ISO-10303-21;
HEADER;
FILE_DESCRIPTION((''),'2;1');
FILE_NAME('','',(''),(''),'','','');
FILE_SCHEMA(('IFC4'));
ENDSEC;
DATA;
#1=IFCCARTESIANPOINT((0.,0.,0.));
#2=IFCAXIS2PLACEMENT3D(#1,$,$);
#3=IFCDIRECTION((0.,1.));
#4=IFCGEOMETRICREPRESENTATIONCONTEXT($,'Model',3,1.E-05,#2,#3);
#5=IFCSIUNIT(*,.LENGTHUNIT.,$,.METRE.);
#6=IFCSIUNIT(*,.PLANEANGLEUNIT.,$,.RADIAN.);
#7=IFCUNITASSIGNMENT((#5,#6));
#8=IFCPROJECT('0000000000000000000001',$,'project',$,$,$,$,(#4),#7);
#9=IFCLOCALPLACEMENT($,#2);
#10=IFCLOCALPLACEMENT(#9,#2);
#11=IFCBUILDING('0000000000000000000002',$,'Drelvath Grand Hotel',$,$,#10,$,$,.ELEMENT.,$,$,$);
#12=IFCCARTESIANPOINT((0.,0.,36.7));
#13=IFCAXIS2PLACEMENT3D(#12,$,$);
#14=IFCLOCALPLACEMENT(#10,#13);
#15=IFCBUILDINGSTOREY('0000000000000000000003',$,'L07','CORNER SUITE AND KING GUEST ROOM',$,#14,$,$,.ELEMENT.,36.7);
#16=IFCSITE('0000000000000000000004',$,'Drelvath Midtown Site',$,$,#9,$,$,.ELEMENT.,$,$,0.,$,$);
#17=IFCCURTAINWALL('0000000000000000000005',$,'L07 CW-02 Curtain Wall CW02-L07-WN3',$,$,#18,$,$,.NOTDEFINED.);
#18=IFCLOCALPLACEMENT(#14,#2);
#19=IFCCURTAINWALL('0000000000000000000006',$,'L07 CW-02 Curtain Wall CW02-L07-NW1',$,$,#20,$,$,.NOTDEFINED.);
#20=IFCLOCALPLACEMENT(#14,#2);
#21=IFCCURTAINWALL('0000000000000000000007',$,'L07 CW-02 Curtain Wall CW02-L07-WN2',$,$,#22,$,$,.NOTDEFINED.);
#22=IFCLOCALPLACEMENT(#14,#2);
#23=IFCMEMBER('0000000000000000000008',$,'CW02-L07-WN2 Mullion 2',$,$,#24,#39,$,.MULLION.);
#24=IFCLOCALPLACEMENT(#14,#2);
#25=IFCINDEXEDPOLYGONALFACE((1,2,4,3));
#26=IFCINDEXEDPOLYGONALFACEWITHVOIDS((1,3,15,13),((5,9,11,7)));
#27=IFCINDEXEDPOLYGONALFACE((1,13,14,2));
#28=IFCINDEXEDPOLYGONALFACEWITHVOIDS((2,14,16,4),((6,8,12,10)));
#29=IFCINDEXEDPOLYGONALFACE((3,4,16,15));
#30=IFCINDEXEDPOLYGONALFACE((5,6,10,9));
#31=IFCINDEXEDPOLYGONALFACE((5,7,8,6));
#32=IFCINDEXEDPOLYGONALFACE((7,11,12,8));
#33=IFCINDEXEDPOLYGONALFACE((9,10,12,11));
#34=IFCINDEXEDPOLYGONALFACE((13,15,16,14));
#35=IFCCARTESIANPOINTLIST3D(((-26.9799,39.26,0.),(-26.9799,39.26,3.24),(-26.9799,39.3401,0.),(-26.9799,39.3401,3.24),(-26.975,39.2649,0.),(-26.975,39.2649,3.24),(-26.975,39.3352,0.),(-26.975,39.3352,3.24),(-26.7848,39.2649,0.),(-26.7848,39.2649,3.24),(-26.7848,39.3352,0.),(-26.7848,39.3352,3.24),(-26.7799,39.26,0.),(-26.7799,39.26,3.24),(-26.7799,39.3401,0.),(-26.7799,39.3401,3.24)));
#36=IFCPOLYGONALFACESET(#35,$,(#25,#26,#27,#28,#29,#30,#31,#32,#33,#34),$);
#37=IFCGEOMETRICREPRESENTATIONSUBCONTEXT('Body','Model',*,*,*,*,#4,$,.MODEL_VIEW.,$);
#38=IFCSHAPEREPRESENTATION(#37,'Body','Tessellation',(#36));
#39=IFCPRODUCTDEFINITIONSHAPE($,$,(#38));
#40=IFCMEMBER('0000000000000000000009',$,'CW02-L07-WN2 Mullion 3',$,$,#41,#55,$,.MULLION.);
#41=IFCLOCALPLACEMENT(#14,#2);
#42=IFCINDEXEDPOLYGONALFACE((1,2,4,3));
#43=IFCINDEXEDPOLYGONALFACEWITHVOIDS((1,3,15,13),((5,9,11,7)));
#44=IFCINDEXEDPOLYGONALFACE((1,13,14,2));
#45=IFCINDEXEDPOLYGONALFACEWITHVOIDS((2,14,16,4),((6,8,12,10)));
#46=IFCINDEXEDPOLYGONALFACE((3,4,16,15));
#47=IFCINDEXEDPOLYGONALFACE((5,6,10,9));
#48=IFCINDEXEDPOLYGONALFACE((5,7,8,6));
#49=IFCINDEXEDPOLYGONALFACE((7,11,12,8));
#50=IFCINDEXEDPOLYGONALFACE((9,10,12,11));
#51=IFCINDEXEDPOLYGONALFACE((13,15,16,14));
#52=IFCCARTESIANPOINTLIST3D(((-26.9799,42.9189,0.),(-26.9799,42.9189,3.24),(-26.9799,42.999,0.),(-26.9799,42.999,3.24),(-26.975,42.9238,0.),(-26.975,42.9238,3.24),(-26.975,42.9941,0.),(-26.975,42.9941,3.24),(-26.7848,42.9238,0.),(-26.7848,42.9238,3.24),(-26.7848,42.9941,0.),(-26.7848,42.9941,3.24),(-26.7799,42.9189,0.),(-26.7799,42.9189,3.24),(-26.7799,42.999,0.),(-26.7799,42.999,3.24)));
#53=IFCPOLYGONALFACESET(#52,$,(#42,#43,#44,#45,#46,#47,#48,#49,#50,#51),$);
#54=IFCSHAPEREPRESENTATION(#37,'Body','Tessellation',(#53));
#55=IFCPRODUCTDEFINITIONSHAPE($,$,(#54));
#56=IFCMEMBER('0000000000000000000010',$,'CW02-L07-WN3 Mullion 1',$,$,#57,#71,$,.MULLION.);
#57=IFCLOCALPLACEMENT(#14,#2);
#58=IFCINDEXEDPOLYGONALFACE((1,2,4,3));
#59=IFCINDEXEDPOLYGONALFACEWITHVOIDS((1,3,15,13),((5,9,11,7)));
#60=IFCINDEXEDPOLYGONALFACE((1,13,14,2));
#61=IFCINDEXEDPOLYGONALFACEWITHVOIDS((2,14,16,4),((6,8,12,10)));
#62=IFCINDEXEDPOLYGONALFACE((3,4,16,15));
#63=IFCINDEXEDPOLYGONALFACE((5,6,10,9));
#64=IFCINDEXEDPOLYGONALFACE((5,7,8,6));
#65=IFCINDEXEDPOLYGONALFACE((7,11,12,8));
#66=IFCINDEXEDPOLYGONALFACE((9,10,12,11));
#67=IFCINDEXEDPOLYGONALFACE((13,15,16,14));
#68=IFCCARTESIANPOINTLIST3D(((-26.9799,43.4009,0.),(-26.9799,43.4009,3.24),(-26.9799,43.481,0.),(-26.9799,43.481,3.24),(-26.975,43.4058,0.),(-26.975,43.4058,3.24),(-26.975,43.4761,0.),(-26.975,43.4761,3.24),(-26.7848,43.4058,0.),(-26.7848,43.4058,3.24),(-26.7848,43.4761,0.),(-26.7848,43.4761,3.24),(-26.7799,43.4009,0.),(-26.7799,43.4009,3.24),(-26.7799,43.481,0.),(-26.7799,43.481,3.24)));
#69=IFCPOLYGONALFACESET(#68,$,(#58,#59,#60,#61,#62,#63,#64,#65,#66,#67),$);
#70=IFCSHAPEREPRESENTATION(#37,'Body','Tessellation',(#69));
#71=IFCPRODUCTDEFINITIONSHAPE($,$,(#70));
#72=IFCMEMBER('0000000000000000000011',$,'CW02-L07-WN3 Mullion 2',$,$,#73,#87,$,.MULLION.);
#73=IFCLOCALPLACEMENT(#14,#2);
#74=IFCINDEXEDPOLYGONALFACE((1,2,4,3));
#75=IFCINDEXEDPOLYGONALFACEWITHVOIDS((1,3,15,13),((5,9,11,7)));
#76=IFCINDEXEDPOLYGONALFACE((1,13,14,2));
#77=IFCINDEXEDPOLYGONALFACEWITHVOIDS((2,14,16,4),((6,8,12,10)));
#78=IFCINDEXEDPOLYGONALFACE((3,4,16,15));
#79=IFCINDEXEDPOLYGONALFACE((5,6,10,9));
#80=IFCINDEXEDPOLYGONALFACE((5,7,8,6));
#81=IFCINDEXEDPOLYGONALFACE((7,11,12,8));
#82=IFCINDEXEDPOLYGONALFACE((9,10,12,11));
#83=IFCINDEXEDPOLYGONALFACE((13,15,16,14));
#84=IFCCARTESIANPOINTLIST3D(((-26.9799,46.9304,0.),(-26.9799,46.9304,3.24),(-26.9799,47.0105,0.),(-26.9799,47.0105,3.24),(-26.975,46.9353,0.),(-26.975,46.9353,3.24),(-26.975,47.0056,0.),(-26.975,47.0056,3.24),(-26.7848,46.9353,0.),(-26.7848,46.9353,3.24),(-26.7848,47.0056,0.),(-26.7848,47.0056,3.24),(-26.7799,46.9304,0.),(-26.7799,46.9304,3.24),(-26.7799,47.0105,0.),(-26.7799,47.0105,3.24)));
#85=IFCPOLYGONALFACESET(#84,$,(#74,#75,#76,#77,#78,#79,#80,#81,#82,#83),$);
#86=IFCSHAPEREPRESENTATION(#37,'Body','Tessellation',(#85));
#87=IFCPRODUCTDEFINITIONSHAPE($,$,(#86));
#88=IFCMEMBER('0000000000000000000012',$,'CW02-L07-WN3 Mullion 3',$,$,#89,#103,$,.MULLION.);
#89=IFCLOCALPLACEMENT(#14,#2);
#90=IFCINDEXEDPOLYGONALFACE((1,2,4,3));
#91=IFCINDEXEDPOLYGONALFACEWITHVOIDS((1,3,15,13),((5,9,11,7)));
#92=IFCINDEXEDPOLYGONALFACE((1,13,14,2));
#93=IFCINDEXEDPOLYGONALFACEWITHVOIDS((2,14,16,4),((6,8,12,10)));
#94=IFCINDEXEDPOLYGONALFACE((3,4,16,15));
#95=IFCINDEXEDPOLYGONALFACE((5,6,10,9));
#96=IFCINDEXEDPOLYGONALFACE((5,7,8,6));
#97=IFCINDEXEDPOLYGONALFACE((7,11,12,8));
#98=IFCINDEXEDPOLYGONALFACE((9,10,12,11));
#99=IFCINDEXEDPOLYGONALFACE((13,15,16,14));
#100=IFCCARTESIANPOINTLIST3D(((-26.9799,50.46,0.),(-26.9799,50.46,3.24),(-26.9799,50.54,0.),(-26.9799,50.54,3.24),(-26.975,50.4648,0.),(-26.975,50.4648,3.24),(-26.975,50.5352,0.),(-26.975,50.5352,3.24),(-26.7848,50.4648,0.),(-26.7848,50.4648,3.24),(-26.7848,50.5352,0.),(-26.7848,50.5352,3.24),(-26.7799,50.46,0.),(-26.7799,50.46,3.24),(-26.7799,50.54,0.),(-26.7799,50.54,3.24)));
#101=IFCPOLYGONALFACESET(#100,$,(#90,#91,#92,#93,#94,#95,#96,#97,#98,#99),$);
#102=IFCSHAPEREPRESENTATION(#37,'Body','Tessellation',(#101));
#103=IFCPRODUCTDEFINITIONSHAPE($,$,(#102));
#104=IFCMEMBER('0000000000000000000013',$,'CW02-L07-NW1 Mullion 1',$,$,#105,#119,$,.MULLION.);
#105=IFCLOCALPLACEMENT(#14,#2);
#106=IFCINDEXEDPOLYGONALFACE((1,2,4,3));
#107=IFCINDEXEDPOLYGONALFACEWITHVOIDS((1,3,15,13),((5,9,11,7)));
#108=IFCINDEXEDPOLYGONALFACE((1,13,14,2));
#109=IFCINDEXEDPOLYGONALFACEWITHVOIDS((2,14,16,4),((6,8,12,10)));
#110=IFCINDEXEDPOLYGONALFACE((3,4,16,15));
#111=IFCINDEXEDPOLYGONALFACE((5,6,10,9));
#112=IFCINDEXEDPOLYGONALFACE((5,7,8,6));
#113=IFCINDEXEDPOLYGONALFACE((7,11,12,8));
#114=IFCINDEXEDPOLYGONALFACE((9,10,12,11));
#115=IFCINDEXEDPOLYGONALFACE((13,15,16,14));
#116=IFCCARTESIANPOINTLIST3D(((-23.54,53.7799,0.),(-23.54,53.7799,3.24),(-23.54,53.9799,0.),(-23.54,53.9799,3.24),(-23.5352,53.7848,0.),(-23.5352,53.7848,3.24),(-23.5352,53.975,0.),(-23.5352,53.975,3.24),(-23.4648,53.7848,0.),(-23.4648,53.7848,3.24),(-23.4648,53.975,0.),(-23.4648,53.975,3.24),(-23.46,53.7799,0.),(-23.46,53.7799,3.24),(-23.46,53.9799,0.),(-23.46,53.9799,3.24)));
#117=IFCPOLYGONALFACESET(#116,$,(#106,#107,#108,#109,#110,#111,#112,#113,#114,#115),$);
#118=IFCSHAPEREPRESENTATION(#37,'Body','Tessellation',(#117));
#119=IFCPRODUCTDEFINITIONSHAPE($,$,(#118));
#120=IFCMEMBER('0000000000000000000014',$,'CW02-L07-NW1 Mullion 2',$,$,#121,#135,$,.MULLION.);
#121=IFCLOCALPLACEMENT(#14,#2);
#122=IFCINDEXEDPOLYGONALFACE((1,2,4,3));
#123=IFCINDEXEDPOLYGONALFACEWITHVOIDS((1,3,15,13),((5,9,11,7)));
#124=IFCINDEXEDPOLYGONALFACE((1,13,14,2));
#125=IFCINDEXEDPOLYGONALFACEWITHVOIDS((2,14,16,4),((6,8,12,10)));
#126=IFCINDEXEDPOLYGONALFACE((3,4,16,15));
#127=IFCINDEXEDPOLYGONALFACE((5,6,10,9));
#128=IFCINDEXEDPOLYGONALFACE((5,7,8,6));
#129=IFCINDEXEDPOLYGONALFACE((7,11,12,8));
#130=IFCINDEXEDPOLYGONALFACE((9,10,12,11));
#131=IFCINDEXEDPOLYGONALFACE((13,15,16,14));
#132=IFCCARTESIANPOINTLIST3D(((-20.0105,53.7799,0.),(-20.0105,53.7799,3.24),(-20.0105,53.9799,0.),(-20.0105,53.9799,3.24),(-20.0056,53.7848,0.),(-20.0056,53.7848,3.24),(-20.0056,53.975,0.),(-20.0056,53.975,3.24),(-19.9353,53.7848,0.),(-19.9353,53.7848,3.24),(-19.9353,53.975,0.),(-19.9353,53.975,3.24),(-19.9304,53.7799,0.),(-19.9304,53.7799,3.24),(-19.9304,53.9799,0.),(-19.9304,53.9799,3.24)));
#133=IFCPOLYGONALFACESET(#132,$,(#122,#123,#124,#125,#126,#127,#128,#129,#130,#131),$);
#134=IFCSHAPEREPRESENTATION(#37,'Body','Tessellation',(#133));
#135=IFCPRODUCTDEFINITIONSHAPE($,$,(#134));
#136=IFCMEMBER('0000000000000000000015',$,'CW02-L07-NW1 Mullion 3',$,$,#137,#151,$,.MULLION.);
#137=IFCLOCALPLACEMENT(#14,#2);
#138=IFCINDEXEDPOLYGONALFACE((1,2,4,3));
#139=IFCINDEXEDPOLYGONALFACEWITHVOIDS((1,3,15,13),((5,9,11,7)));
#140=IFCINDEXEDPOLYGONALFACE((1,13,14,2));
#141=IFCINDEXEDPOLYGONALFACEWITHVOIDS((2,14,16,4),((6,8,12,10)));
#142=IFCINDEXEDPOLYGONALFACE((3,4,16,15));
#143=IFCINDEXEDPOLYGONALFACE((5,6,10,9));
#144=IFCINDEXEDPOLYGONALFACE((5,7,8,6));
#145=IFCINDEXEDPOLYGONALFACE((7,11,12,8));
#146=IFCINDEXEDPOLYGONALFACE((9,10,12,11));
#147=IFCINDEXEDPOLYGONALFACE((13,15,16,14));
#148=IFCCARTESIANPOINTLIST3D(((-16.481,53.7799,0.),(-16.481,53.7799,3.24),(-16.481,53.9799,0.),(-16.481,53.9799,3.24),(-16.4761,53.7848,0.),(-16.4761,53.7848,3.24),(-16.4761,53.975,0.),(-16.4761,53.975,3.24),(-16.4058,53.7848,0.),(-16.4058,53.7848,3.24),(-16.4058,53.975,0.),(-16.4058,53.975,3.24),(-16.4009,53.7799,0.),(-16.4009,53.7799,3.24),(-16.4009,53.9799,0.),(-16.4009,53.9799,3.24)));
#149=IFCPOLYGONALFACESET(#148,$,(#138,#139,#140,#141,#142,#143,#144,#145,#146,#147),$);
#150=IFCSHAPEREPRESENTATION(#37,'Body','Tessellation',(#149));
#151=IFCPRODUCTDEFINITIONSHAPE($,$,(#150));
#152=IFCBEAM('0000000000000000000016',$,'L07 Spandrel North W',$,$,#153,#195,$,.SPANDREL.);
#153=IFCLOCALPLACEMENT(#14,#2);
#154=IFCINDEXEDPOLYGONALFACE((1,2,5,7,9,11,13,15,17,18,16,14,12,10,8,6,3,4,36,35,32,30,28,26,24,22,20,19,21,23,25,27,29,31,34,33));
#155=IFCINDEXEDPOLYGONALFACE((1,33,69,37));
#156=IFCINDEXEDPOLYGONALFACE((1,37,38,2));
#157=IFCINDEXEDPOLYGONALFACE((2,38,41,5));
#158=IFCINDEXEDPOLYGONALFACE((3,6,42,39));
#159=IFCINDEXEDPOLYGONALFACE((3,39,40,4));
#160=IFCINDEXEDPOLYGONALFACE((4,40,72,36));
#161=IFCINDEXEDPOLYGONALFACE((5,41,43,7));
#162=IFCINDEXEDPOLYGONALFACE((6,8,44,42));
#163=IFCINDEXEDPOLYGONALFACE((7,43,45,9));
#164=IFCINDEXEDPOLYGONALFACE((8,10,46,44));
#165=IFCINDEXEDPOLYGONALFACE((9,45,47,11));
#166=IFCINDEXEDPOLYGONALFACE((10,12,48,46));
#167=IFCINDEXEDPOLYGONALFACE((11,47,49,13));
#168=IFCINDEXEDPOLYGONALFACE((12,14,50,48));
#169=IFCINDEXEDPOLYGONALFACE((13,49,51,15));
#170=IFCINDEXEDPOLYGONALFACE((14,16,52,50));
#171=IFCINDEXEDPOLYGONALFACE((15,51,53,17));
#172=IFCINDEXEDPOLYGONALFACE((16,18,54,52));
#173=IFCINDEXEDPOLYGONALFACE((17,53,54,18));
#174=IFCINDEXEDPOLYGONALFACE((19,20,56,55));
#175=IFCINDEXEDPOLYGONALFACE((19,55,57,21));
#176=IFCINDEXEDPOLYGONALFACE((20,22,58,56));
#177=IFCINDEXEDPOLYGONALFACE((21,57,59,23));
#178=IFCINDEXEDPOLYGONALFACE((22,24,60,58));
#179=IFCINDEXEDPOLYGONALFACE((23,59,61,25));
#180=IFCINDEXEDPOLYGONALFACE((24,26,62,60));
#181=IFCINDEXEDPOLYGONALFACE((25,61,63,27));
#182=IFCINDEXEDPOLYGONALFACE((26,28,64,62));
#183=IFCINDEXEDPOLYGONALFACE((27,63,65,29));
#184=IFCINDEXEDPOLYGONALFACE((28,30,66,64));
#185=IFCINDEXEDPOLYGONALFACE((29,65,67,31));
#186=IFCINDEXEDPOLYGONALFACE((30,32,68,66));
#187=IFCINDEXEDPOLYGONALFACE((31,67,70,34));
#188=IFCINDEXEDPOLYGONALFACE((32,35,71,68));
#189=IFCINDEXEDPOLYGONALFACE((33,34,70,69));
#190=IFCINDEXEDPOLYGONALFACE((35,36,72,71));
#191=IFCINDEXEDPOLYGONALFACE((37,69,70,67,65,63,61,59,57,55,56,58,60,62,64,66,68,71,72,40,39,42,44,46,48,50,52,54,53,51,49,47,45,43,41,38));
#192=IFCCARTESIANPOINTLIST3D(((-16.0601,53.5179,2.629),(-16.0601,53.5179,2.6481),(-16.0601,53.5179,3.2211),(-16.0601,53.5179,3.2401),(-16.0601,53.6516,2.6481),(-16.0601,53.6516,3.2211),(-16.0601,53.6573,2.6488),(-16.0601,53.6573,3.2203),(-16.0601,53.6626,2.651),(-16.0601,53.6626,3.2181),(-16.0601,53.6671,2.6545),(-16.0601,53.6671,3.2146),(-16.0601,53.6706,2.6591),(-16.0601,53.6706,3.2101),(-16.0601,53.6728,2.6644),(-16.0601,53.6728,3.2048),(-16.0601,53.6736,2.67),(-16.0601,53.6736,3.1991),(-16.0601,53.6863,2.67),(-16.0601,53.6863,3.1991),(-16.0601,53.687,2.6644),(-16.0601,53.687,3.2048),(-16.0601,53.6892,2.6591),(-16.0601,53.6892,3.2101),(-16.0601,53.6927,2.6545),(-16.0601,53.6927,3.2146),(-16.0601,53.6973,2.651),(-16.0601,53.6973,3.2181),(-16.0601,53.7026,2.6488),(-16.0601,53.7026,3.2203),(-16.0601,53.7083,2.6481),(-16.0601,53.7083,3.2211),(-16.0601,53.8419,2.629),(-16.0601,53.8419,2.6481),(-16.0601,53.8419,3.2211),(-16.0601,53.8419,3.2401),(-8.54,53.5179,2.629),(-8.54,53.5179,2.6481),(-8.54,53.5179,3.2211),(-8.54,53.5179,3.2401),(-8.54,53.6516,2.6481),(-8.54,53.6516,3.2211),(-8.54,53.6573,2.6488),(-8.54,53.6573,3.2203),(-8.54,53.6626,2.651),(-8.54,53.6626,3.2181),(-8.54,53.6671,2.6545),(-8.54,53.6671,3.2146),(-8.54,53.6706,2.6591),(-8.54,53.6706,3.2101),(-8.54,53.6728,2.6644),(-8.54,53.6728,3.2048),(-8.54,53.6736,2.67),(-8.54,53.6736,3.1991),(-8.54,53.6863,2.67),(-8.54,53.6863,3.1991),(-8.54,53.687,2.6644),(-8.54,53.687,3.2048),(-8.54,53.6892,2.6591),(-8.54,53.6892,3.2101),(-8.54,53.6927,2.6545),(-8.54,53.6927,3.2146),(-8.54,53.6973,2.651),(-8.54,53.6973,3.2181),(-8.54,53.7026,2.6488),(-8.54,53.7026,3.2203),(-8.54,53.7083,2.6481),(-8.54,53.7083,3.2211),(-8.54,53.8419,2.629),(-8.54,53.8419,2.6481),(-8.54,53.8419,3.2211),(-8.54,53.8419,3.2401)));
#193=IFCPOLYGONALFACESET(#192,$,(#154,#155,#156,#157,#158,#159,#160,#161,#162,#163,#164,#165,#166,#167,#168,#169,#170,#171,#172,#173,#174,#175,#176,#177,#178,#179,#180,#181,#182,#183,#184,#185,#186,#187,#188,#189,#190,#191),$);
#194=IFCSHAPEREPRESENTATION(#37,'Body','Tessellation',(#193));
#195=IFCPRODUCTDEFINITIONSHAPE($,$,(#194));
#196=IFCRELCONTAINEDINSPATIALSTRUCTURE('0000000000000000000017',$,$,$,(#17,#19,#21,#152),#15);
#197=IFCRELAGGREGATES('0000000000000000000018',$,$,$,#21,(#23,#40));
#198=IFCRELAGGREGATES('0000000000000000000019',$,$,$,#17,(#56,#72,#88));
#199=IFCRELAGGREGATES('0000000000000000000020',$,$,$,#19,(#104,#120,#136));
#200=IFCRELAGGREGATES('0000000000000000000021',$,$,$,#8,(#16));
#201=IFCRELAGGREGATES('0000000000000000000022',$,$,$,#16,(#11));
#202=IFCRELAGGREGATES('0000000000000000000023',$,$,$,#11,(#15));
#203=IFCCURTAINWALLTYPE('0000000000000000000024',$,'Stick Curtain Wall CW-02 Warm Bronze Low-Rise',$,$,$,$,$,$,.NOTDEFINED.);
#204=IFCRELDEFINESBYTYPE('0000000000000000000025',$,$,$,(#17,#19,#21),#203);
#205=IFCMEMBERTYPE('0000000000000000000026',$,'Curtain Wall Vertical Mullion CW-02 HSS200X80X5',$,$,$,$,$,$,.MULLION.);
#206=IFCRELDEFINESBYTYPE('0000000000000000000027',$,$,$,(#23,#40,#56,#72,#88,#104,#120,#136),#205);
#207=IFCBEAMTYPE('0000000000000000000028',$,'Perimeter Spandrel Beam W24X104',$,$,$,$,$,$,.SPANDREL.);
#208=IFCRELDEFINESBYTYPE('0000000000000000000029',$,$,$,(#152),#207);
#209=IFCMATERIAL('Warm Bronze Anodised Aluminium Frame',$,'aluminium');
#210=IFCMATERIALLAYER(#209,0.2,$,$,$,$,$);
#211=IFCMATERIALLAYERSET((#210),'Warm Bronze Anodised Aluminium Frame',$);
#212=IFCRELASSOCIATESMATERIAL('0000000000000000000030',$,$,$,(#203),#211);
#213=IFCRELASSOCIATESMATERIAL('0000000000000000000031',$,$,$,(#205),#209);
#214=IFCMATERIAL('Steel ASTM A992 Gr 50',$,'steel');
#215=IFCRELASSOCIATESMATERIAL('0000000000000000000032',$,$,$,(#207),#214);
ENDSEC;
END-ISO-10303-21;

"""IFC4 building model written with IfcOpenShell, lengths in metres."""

from ifc_helpers import new_model, si_unit, direction, frame, origin, origin_2d, place, context, subcontext, project, spatial, hollow_rectangle, i_section, extrude, material, layer, layer_set, material_profile, profile_set, type_object, element, aggregate, save


model = new_model("IFC4")

# Units and contexts
model_context = context("Model", 3, precision=1e-05, world=origin(), true_north=direction((0.0, 1.0)))
body_context = subcontext(model_context, "Body", "Model", "MODEL_VIEW")
ifc_project = project(units=[si_unit("LENGTHUNIT", "METRE"), si_unit("PLANEANGLEUNIT", "RADIAN")], contexts=[model_context])

# Site, building, storey
site_placement = place(None, origin())
site = spatial("IfcSite", under=ifc_project, at=site_placement, Name="Drelvath Midtown Site", CompositionType="ELEMENT", RefElevation=0.0)
building_placement = place(site_placement, origin())
building = spatial("IfcBuilding", under=site, at=building_placement, Name="Drelvath Grand Hotel", CompositionType="ELEMENT")
storey_placement = place(building_placement, frame((0.0, 0.0, 36.7)))
storey = spatial("IfcBuildingStorey", under=building, at=storey_placement, Name="L07", Description="CORNER SUITE AND KING GUEST ROOM", CompositionType="ELEMENT", Elevation=36.7)

# Shared definitions
ifc_material_1 = material(Name="Steel ASTM A992 Gr 50", Category="steel")

# Curtain walls
ifc_material_2 = material(Name="Warm Bronze Anodised Aluminium Frame", Category="aluminium")
ifc_layer_1 = layer(ifc_material_2, 0.2)
ifc_layer_set_1 = layer_set([ifc_layer_1], Name="Warm Bronze Anodised Aluminium Frame")
curtain_wall_type = type_object("IfcCurtainWallType", Name="Stick Curtain Wall CW-02 Warm Bronze Low-Rise", PredefinedType="NOTDEFINED", material=ifc_layer_set_1)
curtain_wall_1_placement = place(storey_placement, origin())
curtain_wall_1 = element("IfcCurtainWall", 1, at=curtain_wall_1_placement, inside=storey, type_object=curtain_wall_type, Name="L07 CW-02 Curtain Wall CW02-L07-WN3", PredefinedType="NOTDEFINED")
curtain_wall_2_placement = place(storey_placement, origin())
curtain_wall_2 = element("IfcCurtainWall", 2, at=curtain_wall_2_placement, inside=storey, type_object=curtain_wall_type, Name="L07 CW-02 Curtain Wall CW02-L07-NW1", PredefinedType="NOTDEFINED")

# Curtain wall, members
curtain_wall_3_placement = place(storey_placement, origin())
curtain_wall_3 = element("IfcCurtainWall", 3, at=curtain_wall_3_placement, inside=storey, type_object=curtain_wall_type, Name="L07 CW-02 Curtain Wall CW02-L07-WN2", PredefinedType="NOTDEFINED")
ifc_material_profile_1 = material_profile(ifc_material_2, hollow_rectangle(XDim=0.0801, YDim=0.2, WallThickness=0.0049, at=origin_2d()), Name="HSS200X80X5")
ifc_profile_set_1 = profile_set([ifc_material_profile_1], Name="Warm Bronze Anodised Aluminium Frame")
member_type_1 = type_object("IfcMemberType", Name="Curtain Wall Vertical Mullion CW-02 HSS200X80X5", PredefinedType="MULLION", material=ifc_profile_set_1)
member_1_placement = place(storey_placement, frame((-26.8799, 39.3, 0.0), z_axis=(0.0, 0.0, 1.0), x_axis=(0.0, 1.0, 0.0)))
member_1 = element("IfcMember", 4, at=member_1_placement, type_object=member_type_1, Name="CW02-L07-WN2 Mullion 2", PredefinedType="MULLION", context=body_context, shape_type="SweptSolid", body=[
    extrude(hollow_rectangle(XDim=0.0801, YDim=0.2, WallThickness=0.0049, at=origin_2d()), origin(), (0.0, 0.0, 1.0), 3.24),
])
member_2_placement = place(storey_placement, frame((-26.8799, 42.959, 0.0), z_axis=(0.0, 0.0, 1.0), x_axis=(0.0, 1.0, 0.0)))
member_2 = element("IfcMember", 5, at=member_2_placement, type_object=member_type_1, Name="CW02-L07-WN2 Mullion 3", PredefinedType="MULLION", context=body_context, shape_type="SweptSolid", body=[
    extrude(hollow_rectangle(XDim=0.0801, YDim=0.2, WallThickness=0.0049, at=origin_2d()), origin(), (0.0, 0.0, 1.0), 3.24),
])

# Members
member_3_placement = place(storey_placement, frame((-26.8799, 43.4409, 0.0), z_axis=(0.0, 0.0, 1.0), x_axis=(0.0, 1.0, 0.0)))
member_3 = element("IfcMember", 6, at=member_3_placement, type_object=member_type_1, Name="CW02-L07-WN3 Mullion 1", PredefinedType="MULLION", context=body_context, shape_type="SweptSolid", body=[
    extrude(hollow_rectangle(XDim=0.0801, YDim=0.2, WallThickness=0.0049, at=origin_2d()), origin(), (0.0, 0.0, 1.0), 3.24),
])
member_4_placement = place(storey_placement, frame((-26.8799, 46.9705, 0.0), z_axis=(0.0, 0.0, 1.0), x_axis=(0.0, 1.0, 0.0)))
member_4 = element("IfcMember", 7, at=member_4_placement, type_object=member_type_1, Name="CW02-L07-WN3 Mullion 2", PredefinedType="MULLION", context=body_context, shape_type="SweptSolid", body=[
    extrude(hollow_rectangle(XDim=0.0801, YDim=0.2, WallThickness=0.0049, at=origin_2d()), origin(), (0.0, 0.0, 1.0), 3.24),
])
member_5_placement = place(storey_placement, frame((-26.8799, 50.5, 0.0), z_axis=(0.0, 0.0, 1.0), x_axis=(0.0, 1.0, 0.0)))
member_5 = element("IfcMember", 8, at=member_5_placement, type_object=member_type_1, Name="CW02-L07-WN3 Mullion 3", PredefinedType="MULLION", context=body_context, shape_type="SweptSolid", body=[
    extrude(hollow_rectangle(XDim=0.0801, YDim=0.2, WallThickness=0.0049, at=origin_2d()), origin(), (0.0, 0.0, 1.0), 3.24),
])
member_6_placement = place(storey_placement, frame((-23.5, 53.8799, 0.0), z_axis=(0.0, 0.0, 1.0), x_axis=(1.0, 0.0, 0.0)))
member_6 = element("IfcMember", 9, at=member_6_placement, type_object=member_type_1, Name="CW02-L07-NW1 Mullion 1", PredefinedType="MULLION", context=body_context, shape_type="SweptSolid", body=[
    extrude(hollow_rectangle(XDim=0.0801, YDim=0.2, WallThickness=0.0049, at=origin_2d()), origin(), (0.0, 0.0, 1.0), 3.24),
])
member_7_placement = place(storey_placement, frame((-19.9705, 53.8799, 0.0), z_axis=(0.0, 0.0, 1.0), x_axis=(1.0, 0.0, 0.0)))
member_7 = element("IfcMember", 10, at=member_7_placement, type_object=member_type_1, Name="CW02-L07-NW1 Mullion 2", PredefinedType="MULLION", context=body_context, shape_type="SweptSolid", body=[
    extrude(hollow_rectangle(XDim=0.0801, YDim=0.2, WallThickness=0.0049, at=origin_2d()), origin(), (0.0, 0.0, 1.0), 3.24),
])
member_8_placement = place(storey_placement, frame((-16.4409, 53.8799, 0.0), z_axis=(0.0, 0.0, 1.0), x_axis=(1.0, 0.0, 0.0)))
member_8 = element("IfcMember", 11, at=member_8_placement, type_object=member_type_1, Name="CW02-L07-NW1 Mullion 3", PredefinedType="MULLION", context=body_context, shape_type="SweptSolid", body=[
    extrude(hollow_rectangle(XDim=0.0801, YDim=0.2, WallThickness=0.0049, at=origin_2d()), origin(), (0.0, 0.0, 1.0), 3.24),
])

# Beam
ifc_material_profile_2 = material_profile(ifc_material_1, i_section(OverallWidth=0.324, OverallDepth=0.6111, WebThickness=0.0127, FlangeThickness=0.019, FilletRadius=0.022, at=origin_2d()), Name="W24X104")
ifc_profile_set_2 = profile_set([ifc_material_profile_2], Name="Steel ASTM A992 Gr 50")
beam_type_1 = type_object("IfcBeamType", Name="Perimeter Spandrel Beam W24X104", PredefinedType="SPANDREL", material=ifc_profile_set_2)
beam_1_placement = place(storey_placement, frame((-16.0601, 53.6799, 2.9346), z_axis=(1.0, 0.0, 0.0), x_axis=(0.0, 1.0, 0.0)))
element("IfcBeam", 12, at=beam_1_placement, inside=storey, type_object=beam_type_1, Name="L07 Spandrel North W", PredefinedType="SPANDREL", context=body_context, shape_type="SweptSolid", body=[
    extrude(i_section(OverallWidth=0.324, OverallDepth=0.6111, WebThickness=0.0127, FlangeThickness=0.019, FilletRadius=0.022, at=origin_2d()), origin(), (0.0, 0.0, 1.0), 7.52),
])

aggregate(curtain_wall_3, [member_1, member_2])
aggregate(curtain_wall_1, [member_3, member_4, member_5])
aggregate(curtain_wall_2, [member_6, member_7, member_8])

save(model, "model.ifc")
